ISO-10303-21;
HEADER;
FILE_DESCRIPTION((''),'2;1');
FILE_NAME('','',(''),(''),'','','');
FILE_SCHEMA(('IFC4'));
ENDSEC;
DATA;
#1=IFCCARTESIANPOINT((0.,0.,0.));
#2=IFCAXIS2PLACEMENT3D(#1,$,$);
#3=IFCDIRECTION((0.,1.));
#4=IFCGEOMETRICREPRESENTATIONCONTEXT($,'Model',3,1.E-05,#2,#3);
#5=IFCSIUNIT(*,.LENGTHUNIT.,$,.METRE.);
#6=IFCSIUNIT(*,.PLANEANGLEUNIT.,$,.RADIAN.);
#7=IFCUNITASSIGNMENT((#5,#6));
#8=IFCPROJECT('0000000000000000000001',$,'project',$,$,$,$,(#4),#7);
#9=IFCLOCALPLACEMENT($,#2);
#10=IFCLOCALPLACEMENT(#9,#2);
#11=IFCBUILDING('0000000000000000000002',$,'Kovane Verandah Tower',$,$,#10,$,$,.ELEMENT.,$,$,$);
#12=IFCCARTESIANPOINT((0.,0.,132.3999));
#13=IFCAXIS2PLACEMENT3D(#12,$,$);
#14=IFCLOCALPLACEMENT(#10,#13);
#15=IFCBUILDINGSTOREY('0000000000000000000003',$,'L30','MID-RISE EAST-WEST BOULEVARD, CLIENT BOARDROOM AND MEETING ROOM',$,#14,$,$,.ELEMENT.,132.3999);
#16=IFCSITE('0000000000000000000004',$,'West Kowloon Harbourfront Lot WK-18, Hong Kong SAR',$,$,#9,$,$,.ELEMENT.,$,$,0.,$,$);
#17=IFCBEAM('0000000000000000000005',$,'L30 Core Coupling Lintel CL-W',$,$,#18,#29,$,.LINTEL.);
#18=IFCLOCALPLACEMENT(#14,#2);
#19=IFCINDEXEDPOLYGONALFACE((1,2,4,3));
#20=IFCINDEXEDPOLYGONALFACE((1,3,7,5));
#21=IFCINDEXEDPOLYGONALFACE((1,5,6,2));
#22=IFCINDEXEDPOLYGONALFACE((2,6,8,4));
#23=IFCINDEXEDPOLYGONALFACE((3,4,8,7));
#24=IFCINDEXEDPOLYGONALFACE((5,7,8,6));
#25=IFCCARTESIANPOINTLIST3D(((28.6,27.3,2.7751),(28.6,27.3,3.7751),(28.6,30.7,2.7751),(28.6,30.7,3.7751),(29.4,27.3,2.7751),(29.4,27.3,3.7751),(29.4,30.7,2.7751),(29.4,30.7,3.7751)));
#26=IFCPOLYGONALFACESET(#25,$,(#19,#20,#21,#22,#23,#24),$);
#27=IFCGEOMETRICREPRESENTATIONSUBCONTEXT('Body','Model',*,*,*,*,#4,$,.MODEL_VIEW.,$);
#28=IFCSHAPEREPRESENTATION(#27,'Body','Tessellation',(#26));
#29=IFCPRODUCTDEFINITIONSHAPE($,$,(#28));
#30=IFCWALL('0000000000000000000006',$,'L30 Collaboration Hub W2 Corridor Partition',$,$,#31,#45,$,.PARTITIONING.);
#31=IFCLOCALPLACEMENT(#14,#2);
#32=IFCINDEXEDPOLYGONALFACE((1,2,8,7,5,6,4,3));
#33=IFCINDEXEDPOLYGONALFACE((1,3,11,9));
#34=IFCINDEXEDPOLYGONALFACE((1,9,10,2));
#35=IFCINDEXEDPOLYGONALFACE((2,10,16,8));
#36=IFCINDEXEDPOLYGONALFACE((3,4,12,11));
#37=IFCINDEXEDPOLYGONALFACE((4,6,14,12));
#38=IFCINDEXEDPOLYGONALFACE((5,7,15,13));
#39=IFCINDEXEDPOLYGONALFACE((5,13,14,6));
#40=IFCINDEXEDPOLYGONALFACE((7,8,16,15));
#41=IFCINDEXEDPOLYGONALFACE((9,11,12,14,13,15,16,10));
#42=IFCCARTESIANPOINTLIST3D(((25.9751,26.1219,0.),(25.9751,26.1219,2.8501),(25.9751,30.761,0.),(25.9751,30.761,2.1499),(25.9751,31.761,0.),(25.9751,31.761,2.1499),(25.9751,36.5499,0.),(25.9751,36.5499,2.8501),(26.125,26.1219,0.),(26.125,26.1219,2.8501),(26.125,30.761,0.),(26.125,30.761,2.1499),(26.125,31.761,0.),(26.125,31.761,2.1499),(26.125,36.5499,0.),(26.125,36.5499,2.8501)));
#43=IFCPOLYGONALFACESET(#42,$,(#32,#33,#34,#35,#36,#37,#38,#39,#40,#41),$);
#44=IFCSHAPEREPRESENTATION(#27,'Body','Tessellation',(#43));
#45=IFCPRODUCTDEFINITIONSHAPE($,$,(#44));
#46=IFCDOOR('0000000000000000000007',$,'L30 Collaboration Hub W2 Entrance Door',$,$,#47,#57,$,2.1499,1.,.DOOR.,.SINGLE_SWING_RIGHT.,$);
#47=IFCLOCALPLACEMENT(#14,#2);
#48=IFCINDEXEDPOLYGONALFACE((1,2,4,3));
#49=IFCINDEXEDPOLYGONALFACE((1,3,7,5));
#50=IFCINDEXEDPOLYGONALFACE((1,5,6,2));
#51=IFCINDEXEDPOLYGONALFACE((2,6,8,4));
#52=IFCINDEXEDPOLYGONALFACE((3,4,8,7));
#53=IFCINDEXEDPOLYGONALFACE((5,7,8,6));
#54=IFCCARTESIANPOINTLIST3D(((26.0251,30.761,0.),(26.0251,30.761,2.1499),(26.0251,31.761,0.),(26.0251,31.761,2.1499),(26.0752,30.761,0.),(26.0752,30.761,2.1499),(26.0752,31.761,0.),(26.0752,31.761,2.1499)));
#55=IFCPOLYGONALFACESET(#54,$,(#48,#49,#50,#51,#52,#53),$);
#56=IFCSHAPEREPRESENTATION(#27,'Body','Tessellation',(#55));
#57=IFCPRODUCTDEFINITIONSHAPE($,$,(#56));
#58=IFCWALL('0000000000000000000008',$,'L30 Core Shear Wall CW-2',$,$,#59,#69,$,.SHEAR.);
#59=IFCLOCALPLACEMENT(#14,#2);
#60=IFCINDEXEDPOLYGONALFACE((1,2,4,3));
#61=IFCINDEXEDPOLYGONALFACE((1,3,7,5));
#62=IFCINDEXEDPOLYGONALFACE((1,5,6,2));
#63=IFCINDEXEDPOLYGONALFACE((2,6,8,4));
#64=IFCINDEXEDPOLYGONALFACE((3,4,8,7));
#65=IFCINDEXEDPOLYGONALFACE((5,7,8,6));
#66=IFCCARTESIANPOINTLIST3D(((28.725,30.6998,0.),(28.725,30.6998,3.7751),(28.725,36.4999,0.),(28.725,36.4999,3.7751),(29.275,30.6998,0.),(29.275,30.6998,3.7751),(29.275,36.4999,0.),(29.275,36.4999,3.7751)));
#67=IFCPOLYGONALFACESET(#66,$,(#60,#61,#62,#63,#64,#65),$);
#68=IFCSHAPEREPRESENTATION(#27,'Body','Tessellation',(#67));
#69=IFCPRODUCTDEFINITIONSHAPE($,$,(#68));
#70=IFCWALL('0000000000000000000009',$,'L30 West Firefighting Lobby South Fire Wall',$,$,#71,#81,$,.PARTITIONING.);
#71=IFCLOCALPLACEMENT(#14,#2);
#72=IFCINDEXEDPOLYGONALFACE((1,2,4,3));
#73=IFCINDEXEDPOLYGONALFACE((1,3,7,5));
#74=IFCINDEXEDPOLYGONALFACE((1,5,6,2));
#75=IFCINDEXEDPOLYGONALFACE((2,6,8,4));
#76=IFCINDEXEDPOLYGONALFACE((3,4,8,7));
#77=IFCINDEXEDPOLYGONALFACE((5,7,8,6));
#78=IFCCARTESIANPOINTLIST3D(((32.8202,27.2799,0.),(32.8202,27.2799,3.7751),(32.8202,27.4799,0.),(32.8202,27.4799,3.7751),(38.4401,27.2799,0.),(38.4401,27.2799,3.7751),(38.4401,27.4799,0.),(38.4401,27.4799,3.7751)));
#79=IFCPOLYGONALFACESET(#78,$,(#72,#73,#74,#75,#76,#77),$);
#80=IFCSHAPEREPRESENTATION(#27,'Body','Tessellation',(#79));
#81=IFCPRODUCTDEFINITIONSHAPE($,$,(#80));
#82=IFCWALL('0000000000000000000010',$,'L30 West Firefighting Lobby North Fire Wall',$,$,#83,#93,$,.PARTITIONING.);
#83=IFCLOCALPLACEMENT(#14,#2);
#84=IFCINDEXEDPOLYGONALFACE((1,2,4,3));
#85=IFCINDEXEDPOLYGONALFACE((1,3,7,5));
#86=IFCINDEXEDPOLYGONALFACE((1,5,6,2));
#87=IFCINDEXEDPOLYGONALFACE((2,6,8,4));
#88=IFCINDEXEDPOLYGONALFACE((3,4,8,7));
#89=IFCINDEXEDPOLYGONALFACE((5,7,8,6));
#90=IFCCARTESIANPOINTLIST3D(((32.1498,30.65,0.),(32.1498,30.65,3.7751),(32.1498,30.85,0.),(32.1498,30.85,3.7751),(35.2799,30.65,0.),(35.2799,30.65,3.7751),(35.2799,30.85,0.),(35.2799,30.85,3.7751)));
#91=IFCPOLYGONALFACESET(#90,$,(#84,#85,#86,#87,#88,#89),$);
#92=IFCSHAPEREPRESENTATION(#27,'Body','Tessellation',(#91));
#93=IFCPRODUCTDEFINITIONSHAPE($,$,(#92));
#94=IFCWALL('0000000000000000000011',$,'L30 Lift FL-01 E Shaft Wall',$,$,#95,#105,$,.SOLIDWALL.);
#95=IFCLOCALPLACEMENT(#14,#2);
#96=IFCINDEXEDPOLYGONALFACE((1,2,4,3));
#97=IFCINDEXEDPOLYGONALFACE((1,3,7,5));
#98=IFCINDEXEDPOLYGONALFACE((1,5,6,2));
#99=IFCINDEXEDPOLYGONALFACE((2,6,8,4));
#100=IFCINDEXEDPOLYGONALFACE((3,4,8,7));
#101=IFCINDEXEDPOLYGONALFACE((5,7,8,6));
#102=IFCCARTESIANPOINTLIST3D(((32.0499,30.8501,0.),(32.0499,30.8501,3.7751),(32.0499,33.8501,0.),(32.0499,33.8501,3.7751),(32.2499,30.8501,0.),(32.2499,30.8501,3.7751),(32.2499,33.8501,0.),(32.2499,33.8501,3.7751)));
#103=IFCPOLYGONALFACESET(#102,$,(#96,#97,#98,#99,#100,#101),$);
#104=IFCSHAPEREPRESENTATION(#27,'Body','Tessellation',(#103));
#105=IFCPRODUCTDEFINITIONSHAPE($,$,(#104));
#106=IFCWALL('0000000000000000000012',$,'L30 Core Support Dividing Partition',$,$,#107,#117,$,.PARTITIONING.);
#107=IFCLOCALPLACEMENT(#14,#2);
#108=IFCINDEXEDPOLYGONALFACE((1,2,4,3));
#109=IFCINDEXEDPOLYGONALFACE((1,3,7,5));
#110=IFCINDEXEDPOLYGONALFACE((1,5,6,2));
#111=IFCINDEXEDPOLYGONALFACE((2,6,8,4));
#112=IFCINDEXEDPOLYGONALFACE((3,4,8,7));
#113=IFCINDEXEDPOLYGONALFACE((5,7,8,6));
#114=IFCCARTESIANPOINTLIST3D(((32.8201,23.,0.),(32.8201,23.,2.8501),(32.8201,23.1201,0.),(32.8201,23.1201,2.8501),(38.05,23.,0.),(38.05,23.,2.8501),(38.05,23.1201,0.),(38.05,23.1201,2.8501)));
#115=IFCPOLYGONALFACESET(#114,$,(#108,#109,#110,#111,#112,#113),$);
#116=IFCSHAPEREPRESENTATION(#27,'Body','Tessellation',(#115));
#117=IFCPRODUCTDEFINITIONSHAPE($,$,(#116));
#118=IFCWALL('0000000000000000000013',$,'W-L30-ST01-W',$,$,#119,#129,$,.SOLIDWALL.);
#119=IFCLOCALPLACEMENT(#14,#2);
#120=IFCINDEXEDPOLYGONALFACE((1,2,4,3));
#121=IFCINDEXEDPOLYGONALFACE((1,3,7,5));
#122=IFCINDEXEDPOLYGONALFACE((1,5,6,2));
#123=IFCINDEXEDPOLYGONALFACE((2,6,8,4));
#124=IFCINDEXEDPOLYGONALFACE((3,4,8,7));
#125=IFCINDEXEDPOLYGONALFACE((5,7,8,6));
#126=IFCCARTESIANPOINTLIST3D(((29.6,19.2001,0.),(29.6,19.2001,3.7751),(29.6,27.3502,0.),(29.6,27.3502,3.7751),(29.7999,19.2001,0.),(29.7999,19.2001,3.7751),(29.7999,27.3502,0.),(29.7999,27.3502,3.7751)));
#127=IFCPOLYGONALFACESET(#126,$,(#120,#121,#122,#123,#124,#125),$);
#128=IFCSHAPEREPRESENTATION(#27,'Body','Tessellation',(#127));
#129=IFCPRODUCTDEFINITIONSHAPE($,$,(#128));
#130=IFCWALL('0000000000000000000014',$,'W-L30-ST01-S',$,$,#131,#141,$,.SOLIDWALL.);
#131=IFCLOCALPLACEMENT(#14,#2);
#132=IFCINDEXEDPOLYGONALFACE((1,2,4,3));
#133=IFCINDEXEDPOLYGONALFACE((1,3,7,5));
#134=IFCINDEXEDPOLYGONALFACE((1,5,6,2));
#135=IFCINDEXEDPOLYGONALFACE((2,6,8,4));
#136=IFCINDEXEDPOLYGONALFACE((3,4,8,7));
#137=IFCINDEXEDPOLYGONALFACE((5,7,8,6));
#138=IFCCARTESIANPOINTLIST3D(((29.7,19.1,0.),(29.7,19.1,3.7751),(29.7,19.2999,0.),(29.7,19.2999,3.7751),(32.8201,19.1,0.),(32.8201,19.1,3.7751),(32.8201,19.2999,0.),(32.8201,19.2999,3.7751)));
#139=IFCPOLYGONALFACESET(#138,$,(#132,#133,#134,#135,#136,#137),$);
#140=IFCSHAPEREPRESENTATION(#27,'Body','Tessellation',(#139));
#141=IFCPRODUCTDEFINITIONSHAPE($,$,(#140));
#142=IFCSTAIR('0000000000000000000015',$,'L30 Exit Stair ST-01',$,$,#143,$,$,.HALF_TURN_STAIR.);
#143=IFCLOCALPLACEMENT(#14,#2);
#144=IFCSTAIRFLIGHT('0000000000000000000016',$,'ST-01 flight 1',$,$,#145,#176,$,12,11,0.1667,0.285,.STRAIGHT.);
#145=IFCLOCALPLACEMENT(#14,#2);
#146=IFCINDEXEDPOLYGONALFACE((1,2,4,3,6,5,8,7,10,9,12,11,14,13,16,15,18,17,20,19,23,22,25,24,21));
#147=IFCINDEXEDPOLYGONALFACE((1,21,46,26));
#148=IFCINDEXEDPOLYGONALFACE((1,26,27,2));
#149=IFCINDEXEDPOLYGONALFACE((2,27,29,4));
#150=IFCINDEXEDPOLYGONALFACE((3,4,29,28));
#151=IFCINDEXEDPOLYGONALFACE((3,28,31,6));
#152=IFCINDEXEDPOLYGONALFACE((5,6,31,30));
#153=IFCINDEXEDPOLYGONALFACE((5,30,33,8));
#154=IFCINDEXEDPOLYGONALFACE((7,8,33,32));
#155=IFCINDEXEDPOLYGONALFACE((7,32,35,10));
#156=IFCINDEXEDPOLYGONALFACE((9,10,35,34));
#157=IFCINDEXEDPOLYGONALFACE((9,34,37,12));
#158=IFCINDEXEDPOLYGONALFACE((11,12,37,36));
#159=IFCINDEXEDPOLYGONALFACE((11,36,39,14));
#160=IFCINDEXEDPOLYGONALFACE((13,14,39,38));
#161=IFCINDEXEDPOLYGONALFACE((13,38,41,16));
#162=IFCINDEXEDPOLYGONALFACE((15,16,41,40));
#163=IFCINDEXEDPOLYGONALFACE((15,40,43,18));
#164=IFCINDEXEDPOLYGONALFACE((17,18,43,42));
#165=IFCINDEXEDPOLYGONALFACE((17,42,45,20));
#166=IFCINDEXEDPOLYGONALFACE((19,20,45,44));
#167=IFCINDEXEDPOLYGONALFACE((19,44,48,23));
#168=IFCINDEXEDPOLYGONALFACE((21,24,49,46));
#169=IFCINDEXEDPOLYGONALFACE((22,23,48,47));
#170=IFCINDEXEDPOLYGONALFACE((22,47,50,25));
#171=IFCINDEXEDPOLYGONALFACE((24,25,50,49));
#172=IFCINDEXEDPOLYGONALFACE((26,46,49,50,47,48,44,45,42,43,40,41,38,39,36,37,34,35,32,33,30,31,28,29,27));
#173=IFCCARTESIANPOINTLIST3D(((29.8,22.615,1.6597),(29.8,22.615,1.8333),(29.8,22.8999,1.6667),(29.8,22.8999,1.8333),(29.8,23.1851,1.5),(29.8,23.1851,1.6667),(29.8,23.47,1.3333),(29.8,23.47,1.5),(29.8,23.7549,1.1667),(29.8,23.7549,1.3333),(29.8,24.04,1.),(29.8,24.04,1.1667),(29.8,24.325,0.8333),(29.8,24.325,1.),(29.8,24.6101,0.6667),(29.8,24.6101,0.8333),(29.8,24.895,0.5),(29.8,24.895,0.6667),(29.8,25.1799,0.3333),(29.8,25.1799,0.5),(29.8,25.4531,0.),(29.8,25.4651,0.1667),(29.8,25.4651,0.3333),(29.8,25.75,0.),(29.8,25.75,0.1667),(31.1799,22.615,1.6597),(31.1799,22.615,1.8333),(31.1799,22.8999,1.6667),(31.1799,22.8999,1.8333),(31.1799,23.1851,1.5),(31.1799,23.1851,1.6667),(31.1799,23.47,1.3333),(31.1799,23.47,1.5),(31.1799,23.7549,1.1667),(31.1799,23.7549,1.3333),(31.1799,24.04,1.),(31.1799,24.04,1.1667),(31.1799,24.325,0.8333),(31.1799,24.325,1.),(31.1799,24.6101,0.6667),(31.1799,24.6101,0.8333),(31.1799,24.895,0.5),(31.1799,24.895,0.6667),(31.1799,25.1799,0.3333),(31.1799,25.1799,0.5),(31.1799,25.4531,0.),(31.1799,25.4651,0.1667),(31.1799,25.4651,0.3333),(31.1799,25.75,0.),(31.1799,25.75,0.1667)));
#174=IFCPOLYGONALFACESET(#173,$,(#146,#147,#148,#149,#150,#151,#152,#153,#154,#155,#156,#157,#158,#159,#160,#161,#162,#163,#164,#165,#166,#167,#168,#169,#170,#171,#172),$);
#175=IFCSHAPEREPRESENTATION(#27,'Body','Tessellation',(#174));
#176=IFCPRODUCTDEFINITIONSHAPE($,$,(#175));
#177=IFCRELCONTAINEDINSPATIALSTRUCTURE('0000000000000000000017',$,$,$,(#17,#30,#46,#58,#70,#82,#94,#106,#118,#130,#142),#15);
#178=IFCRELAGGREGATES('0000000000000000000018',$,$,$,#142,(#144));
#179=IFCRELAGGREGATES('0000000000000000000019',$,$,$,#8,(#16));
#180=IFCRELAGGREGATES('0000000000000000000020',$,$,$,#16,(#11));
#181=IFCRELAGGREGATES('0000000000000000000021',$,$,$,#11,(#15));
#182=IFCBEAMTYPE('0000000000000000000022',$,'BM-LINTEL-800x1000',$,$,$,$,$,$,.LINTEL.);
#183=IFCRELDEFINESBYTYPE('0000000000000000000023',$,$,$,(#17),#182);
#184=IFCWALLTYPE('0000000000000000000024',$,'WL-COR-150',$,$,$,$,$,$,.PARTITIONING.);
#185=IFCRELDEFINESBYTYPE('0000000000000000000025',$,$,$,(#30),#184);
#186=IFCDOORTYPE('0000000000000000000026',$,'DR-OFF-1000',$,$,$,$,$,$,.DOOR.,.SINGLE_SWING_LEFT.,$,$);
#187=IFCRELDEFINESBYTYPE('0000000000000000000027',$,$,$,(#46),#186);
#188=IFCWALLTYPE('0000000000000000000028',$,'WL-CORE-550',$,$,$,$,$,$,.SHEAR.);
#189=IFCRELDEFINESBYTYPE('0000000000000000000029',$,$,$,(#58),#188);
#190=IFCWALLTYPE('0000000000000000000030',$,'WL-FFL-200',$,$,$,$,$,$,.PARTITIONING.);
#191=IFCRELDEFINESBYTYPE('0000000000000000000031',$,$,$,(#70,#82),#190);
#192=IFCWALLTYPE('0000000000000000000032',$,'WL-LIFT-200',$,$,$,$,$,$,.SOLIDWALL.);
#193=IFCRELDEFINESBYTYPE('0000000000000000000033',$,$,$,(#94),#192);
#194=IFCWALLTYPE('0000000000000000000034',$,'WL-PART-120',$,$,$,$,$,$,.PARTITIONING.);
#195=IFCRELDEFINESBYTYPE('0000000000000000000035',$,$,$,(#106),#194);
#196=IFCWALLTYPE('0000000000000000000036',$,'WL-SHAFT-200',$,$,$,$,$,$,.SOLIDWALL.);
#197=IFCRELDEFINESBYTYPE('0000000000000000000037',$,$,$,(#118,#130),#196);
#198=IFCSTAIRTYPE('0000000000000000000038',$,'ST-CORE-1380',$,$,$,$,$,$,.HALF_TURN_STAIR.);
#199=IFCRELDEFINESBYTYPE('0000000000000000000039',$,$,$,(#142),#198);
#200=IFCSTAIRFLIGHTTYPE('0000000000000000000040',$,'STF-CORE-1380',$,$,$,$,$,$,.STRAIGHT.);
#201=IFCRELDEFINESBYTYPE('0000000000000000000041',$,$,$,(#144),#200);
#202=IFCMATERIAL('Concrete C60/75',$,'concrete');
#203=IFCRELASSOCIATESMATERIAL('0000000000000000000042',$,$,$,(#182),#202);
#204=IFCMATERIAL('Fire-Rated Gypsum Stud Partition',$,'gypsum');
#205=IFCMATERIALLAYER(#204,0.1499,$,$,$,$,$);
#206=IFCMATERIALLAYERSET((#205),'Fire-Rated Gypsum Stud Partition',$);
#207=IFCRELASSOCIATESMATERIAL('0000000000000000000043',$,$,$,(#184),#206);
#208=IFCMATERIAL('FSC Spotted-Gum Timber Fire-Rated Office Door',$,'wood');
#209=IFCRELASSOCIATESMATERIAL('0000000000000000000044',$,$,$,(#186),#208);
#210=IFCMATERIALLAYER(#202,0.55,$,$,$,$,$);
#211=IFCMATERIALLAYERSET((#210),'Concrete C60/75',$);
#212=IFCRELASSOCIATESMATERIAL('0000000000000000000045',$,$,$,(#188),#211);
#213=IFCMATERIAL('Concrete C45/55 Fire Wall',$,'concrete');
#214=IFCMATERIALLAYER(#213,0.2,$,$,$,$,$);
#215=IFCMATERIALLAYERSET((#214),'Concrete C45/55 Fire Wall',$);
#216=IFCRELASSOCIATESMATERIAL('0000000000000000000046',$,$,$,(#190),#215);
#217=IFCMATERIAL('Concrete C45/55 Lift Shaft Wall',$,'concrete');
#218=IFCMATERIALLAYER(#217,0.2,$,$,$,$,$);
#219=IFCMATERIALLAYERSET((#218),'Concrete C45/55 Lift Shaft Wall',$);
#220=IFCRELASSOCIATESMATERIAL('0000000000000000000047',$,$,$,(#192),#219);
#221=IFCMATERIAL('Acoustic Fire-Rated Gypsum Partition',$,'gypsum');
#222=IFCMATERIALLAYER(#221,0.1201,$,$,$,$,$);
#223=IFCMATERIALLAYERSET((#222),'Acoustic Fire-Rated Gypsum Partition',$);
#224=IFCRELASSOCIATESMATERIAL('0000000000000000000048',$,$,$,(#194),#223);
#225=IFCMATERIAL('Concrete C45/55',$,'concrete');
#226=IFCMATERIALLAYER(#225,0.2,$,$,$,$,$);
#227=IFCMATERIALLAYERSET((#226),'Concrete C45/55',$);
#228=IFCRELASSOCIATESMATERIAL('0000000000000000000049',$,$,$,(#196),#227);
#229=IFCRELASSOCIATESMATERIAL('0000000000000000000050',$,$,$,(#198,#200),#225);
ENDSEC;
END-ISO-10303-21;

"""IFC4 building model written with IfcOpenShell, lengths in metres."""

from ifc_helpers import new_model, si_unit, direction, frame, frame_2d, origin, origin_2d, place, context, subcontext, project, spatial, polyline, rectangle, outline, extrude, material, layer, layer_set, material_profile, profile_set, type_object, element, fill, aggregate, save


model = new_model("IFC4")

# Units and contexts
model_context = context("Model", 3, precision=1e-05, world=origin(), true_north=direction((0.0, 1.0)))
body_context = subcontext(model_context, "Body", "Model", "MODEL_VIEW")
ifc_project = project(units=[si_unit("LENGTHUNIT", "METRE"), si_unit("PLANEANGLEUNIT", "RADIAN")], contexts=[model_context])

# Site, building, storey
site_placement = place(None, origin())
site = spatial("IfcSite", under=ifc_project, at=site_placement, Name="West Kowloon Harbourfront Lot WK-18, Hong Kong SAR", CompositionType="ELEMENT", RefElevation=0.0)
building_placement = place(site_placement, origin())
building = spatial("IfcBuilding", under=site, at=building_placement, Name="Kovane Verandah Tower", CompositionType="ELEMENT")
storey_placement = place(building_placement, frame((0.0, 0.0, 132.3999)))
storey = spatial("IfcBuildingStorey", under=building, at=storey_placement, Name="L30", Description="MID-RISE EAST-WEST BOULEVARD, CLIENT BOARDROOM AND MEETING ROOM", CompositionType="ELEMENT", Elevation=132.3999)

# Beam
ifc_material_1 = material(Name="Concrete C60/75", Category="concrete")
ifc_material_profile = material_profile(ifc_material_1, rectangle(XDim=0.8, YDim=1.0, at=origin_2d()), Name="RCB800x1000")
ifc_profile_set = profile_set([ifc_material_profile], Name="Concrete C60/75")
beam_type = type_object("IfcBeamType", Name="BM-LINTEL-800x1000", PredefinedType="LINTEL", material=ifc_profile_set)
beam_placement = place(storey_placement, frame((29.0, 27.3, 3.2751), z_axis=(0.0, 1.0, 0.0), x_axis=(-1.0, 0.0, 0.0)))
element("IfcBeam", 1, at=beam_placement, inside=storey, type_object=beam_type, Name="L30 Core Coupling Lintel CL-W", PredefinedType="LINTEL", context=body_context, shape_type="SweptSolid", body=[
    extrude(rectangle(XDim=0.8, YDim=1.0, at=origin_2d()), origin(), (0.0, 0.0, 1.0), 3.3999),
])

# Wall, opening, door
ifc_material_2 = material(Name="Fire-Rated Gypsum Stud Partition", Category="gypsum")
ifc_layer_1 = layer(ifc_material_2, 0.1499)
ifc_layer_set_1 = layer_set([ifc_layer_1], Name="Fire-Rated Gypsum Stud Partition")
wall_type_1 = type_object("IfcWallType", Name="WL-COR-150", PredefinedType="PARTITIONING", material=ifc_layer_set_1)
wall_1_placement = place(storey_placement, frame((26.05, 26.1221, 0.0), z_axis=(0.0, 0.0, 1.0), x_axis=(0.0, 1.0, 0.0)))
wall_1 = element("IfcWall", 2, at=wall_1_placement, inside=storey, type_object=wall_type_1, Name="L30 Collaboration Hub W2 Corridor Partition", PredefinedType="PARTITIONING", context=body_context, shape_type="SweptSolid", body=[
    extrude(rectangle(XDim=10.428, YDim=0.1499, at=frame_2d((5.2139, 0.0))), origin(), (0.0, 0.0, 1.0), 2.8501),
])
opening_1_placement = place(wall_1_placement, frame((4.6389, 0.0, 0.0)))
opening_1 = element("IfcOpeningElement", 3, at=opening_1_placement, cuts=wall_1, PredefinedType="OPENING", context=body_context, shape_type="SweptSolid", body=[
    extrude(rectangle(XDim=1.0, YDim=2.1499, at=frame_2d((0.5, 1.075))), frame((0.0, 0.075, 0.0), z_axis=(0.0, -1.0, 0.0), x_axis=(1.0, 0.0, 0.0)), (0.0, 0.0, 1.0), 0.1499),
])
ifc_material_3 = material(Name="FSC Spotted-Gum Timber Fire-Rated Office Door", Category="wood")
door_type_1 = type_object("IfcDoorType", Name="DR-OFF-1000", OperationType="SINGLE_SWING_LEFT", PredefinedType="DOOR", material=ifc_material_3)
door_1_placement = place(opening_1_placement, origin())
door_1 = element("IfcDoor", 4, at=door_1_placement, inside=storey, type_object=door_type_1, Name="L30 Collaboration Hub W2 Entrance Door", OperationType="SINGLE_SWING_RIGHT", OverallHeight=2.1499, OverallWidth=1.0, PredefinedType="DOOR", context=body_context, shape_type="SweptSolid", body=[
    extrude(rectangle(XDim=1.0, YDim=2.1499, at=frame_2d((0.5, 1.075))), frame((0.0, 0.0249, 0.0), z_axis=(0.0, -1.0, 0.0), x_axis=(1.0, 0.0, 0.0)), (0.0, 0.0, 1.0), 0.05),
])
fill(opening_1, door_1)

# Wall
ifc_layer_2 = layer(ifc_material_1, 0.55)
ifc_layer_set_2 = layer_set([ifc_layer_2], Name="Concrete C60/75")
wall_type_2 = type_object("IfcWallType", Name="WL-CORE-550", PredefinedType="SHEAR", material=ifc_layer_set_2)
wall_2_placement = place(storey_placement, frame((29.0, 30.7, 0.0), z_axis=(0.0, 0.0, 1.0), x_axis=(0.0, 1.0, 0.0)))
element("IfcWall", 5, at=wall_2_placement, inside=storey, type_object=wall_type_2, Name="L30 Core Shear Wall CW-2", PredefinedType="SHEAR", context=body_context, shape_type="SweptSolid", body=[
    extrude(rectangle(XDim=5.8, YDim=0.55, at=frame_2d((2.8999, 0.0))), origin(), (0.0, 0.0, 1.0), 3.7751),
])

# Shared definitions
ifc_material_4 = material(Name="Concrete C45/55 Fire Wall", Category="concrete")
ifc_layer_3 = layer(ifc_material_4, 0.2)
ifc_layer_set_3 = layer_set([ifc_layer_3], Name="Concrete C45/55 Fire Wall")
wall_type_3 = type_object("IfcWallType", Name="WL-FFL-200", PredefinedType="PARTITIONING", material=ifc_layer_set_3)

# Walls
wall_3_placement = place(storey_placement, frame((32.8201, 27.3799, 0.0), z_axis=(0.0, 0.0, 1.0), x_axis=(1.0, 0.0, 0.0)))
element("IfcWall", 6, at=wall_3_placement, inside=storey, type_object=wall_type_3, Name="L30 West Firefighting Lobby South Fire Wall", PredefinedType="PARTITIONING", context=body_context, shape_type="SweptSolid", body=[
    extrude(rectangle(XDim=5.6199, YDim=0.2, at=frame_2d((2.8101, 0.0))), origin(), (0.0, 0.0, 1.0), 3.7751),
])
wall_4_placement = place(storey_placement, frame((32.1499, 30.75, 0.0), z_axis=(0.0, 0.0, 1.0), x_axis=(1.0, 0.0, 0.0)))
element("IfcWall", 7, at=wall_4_placement, inside=storey, type_object=wall_type_3, Name="L30 West Firefighting Lobby North Fire Wall", PredefinedType="PARTITIONING", context=body_context, shape_type="SweptSolid", body=[
    extrude(rectangle(XDim=3.1301, YDim=0.2, at=frame_2d((1.5649, 0.0))), origin(), (0.0, 0.0, 1.0), 3.7751),
])

# Shared definitions
ifc_material_5 = material(Name="Concrete C45/55 Lift Shaft Wall", Category="concrete")
ifc_layer_4 = layer(ifc_material_5, 0.2)
ifc_layer_set_4 = layer_set([ifc_layer_4], Name="Concrete C45/55 Lift Shaft Wall")
wall_type_4 = type_object("IfcWallType", Name="WL-LIFT-200", PredefinedType="SOLIDWALL", material=ifc_layer_set_4)

# Walls
wall_5_placement = place(storey_placement, frame((32.1499, 30.8501, 0.0), z_axis=(0.0, 0.0, 1.0), x_axis=(0.0, 1.0, 0.0)))
element("IfcWall", 8, at=wall_5_placement, inside=storey, type_object=wall_type_4, Name="L30 Lift FL-01 E Shaft Wall", PredefinedType="SOLIDWALL", context=body_context, shape_type="SweptSolid", body=[
    extrude(rectangle(XDim=3.0, YDim=0.2, at=frame_2d((1.5, 0.0))), origin(), (0.0, 0.0, 1.0), 3.7751),
])
ifc_material_6 = material(Name="Acoustic Fire-Rated Gypsum Partition", Category="gypsum")
ifc_layer_5 = layer(ifc_material_6, 0.1201)
ifc_layer_set_5 = layer_set([ifc_layer_5], Name="Acoustic Fire-Rated Gypsum Partition")
wall_type_5 = type_object("IfcWallType", Name="WL-PART-120", PredefinedType="PARTITIONING", material=ifc_layer_set_5)
wall_6_placement = place(storey_placement, frame((32.8201, 23.0601, 0.0), z_axis=(0.0, 0.0, 1.0), x_axis=(1.0, 0.0, 0.0)))
element("IfcWall", 9, at=wall_6_placement, inside=storey, type_object=wall_type_5, Name="L30 Core Support Dividing Partition", PredefinedType="PARTITIONING", context=body_context, shape_type="SweptSolid", body=[
    extrude(rectangle(XDim=5.23, YDim=0.1201, at=frame_2d((2.615, 0.0))), origin(), (0.0, 0.0, 1.0), 2.8501),
])
ifc_material_7 = material(Name="Concrete C45/55", Category="concrete")
ifc_layer_6 = layer(ifc_material_7, 0.2)
ifc_layer_set_6 = layer_set([ifc_layer_6], Name="Concrete C45/55")
wall_type_6 = type_object("IfcWallType", Name="WL-SHAFT-200", PredefinedType="SOLIDWALL", material=ifc_layer_set_6)
wall_7_placement = place(storey_placement, frame((29.7, 19.2, 0.0), z_axis=(0.0, 0.0, 1.0), x_axis=(0.0, 1.0, 0.0)))
element("IfcWall", 10, at=wall_7_placement, inside=storey, type_object=wall_type_6, Name="W-L30-ST01-W", PredefinedType="SOLIDWALL", context=body_context, shape_type="SweptSolid", body=[
    extrude(rectangle(XDim=8.1501, YDim=0.2, at=frame_2d((4.0752, 0.0))), origin(), (0.0, 0.0, 1.0), 3.7751),
])
wall_8_placement = place(storey_placement, frame((29.7, 19.2, 0.0), z_axis=(0.0, 0.0, 1.0), x_axis=(1.0, 0.0, 0.0)))
element("IfcWall", 11, at=wall_8_placement, inside=storey, type_object=wall_type_6, Name="W-L30-ST01-S", PredefinedType="SOLIDWALL", context=body_context, shape_type="SweptSolid", body=[
    extrude(rectangle(XDim=3.1201, YDim=0.2, at=frame_2d((1.5601, 0.0))), origin(), (0.0, 0.0, 1.0), 3.7751),
])

# Stair, stair flight
stair_type = type_object("IfcStairType", Name="ST-CORE-1380", PredefinedType="HALF_TURN_STAIR", material=ifc_material_7)
stair_placement = place(storey_placement, origin())
stair = element("IfcStair", 12, at=stair_placement, inside=storey, type_object=stair_type, Name="L30 Exit Stair ST-01", PredefinedType="HALF_TURN_STAIR")
stair_flight_type = type_object("IfcStairFlightType", Name="STF-CORE-1380", PredefinedType="STRAIGHT", material=ifc_material_7)
stair_flight_1_placement = place(storey_placement, frame((30.49, 25.75, 0.0), z_axis=(0.0, 0.0, 1.0), x_axis=(0.0, -1.0, 0.0)))
stair_flight_1 = element("IfcStairFlight", 13, at=stair_flight_1_placement, type_object=stair_flight_type, Name="ST-01 flight 1", NumberOfRisers=12, NumberOfTreads=11, PredefinedType="STRAIGHT", RiserHeight=0.1667, TreadLength=0.285, context=body_context, shape_type="SweptSolid", body=[
    extrude(outline(polyline([(0.0, 0.0), (0.0, 0.1667), (0.2849, 0.1667), (0.2849, 0.3333), (0.5701, 0.3333), (0.5701, 0.5), (0.855, 0.5), (0.855, 0.6667), (1.1399, 0.6667), (1.1399, 0.8333), (1.425, 0.8333), (1.425, 1.0), (1.71, 1.0), (1.71, 1.1667), (1.9951, 1.1667), (1.9951, 1.3333), (2.28, 1.3333), (2.28, 1.5), (2.5649, 1.5), (2.5649, 1.6667), (2.8501, 1.6667), (2.8501, 1.8333), (3.135, 1.8333), (3.135, 2.0), (3.135, 1.6597), (0.2969, 0.0), (0.0, 0.0)])), frame((0.0, 0.6899, 0.0), z_axis=(0.0, -1.0, 0.0), x_axis=(1.0, 0.0, 0.0)), (0.0, 0.0, 1.0), 1.3799),
])
aggregate(stair, [stair_flight_1])

save(model, "model.ifc")
